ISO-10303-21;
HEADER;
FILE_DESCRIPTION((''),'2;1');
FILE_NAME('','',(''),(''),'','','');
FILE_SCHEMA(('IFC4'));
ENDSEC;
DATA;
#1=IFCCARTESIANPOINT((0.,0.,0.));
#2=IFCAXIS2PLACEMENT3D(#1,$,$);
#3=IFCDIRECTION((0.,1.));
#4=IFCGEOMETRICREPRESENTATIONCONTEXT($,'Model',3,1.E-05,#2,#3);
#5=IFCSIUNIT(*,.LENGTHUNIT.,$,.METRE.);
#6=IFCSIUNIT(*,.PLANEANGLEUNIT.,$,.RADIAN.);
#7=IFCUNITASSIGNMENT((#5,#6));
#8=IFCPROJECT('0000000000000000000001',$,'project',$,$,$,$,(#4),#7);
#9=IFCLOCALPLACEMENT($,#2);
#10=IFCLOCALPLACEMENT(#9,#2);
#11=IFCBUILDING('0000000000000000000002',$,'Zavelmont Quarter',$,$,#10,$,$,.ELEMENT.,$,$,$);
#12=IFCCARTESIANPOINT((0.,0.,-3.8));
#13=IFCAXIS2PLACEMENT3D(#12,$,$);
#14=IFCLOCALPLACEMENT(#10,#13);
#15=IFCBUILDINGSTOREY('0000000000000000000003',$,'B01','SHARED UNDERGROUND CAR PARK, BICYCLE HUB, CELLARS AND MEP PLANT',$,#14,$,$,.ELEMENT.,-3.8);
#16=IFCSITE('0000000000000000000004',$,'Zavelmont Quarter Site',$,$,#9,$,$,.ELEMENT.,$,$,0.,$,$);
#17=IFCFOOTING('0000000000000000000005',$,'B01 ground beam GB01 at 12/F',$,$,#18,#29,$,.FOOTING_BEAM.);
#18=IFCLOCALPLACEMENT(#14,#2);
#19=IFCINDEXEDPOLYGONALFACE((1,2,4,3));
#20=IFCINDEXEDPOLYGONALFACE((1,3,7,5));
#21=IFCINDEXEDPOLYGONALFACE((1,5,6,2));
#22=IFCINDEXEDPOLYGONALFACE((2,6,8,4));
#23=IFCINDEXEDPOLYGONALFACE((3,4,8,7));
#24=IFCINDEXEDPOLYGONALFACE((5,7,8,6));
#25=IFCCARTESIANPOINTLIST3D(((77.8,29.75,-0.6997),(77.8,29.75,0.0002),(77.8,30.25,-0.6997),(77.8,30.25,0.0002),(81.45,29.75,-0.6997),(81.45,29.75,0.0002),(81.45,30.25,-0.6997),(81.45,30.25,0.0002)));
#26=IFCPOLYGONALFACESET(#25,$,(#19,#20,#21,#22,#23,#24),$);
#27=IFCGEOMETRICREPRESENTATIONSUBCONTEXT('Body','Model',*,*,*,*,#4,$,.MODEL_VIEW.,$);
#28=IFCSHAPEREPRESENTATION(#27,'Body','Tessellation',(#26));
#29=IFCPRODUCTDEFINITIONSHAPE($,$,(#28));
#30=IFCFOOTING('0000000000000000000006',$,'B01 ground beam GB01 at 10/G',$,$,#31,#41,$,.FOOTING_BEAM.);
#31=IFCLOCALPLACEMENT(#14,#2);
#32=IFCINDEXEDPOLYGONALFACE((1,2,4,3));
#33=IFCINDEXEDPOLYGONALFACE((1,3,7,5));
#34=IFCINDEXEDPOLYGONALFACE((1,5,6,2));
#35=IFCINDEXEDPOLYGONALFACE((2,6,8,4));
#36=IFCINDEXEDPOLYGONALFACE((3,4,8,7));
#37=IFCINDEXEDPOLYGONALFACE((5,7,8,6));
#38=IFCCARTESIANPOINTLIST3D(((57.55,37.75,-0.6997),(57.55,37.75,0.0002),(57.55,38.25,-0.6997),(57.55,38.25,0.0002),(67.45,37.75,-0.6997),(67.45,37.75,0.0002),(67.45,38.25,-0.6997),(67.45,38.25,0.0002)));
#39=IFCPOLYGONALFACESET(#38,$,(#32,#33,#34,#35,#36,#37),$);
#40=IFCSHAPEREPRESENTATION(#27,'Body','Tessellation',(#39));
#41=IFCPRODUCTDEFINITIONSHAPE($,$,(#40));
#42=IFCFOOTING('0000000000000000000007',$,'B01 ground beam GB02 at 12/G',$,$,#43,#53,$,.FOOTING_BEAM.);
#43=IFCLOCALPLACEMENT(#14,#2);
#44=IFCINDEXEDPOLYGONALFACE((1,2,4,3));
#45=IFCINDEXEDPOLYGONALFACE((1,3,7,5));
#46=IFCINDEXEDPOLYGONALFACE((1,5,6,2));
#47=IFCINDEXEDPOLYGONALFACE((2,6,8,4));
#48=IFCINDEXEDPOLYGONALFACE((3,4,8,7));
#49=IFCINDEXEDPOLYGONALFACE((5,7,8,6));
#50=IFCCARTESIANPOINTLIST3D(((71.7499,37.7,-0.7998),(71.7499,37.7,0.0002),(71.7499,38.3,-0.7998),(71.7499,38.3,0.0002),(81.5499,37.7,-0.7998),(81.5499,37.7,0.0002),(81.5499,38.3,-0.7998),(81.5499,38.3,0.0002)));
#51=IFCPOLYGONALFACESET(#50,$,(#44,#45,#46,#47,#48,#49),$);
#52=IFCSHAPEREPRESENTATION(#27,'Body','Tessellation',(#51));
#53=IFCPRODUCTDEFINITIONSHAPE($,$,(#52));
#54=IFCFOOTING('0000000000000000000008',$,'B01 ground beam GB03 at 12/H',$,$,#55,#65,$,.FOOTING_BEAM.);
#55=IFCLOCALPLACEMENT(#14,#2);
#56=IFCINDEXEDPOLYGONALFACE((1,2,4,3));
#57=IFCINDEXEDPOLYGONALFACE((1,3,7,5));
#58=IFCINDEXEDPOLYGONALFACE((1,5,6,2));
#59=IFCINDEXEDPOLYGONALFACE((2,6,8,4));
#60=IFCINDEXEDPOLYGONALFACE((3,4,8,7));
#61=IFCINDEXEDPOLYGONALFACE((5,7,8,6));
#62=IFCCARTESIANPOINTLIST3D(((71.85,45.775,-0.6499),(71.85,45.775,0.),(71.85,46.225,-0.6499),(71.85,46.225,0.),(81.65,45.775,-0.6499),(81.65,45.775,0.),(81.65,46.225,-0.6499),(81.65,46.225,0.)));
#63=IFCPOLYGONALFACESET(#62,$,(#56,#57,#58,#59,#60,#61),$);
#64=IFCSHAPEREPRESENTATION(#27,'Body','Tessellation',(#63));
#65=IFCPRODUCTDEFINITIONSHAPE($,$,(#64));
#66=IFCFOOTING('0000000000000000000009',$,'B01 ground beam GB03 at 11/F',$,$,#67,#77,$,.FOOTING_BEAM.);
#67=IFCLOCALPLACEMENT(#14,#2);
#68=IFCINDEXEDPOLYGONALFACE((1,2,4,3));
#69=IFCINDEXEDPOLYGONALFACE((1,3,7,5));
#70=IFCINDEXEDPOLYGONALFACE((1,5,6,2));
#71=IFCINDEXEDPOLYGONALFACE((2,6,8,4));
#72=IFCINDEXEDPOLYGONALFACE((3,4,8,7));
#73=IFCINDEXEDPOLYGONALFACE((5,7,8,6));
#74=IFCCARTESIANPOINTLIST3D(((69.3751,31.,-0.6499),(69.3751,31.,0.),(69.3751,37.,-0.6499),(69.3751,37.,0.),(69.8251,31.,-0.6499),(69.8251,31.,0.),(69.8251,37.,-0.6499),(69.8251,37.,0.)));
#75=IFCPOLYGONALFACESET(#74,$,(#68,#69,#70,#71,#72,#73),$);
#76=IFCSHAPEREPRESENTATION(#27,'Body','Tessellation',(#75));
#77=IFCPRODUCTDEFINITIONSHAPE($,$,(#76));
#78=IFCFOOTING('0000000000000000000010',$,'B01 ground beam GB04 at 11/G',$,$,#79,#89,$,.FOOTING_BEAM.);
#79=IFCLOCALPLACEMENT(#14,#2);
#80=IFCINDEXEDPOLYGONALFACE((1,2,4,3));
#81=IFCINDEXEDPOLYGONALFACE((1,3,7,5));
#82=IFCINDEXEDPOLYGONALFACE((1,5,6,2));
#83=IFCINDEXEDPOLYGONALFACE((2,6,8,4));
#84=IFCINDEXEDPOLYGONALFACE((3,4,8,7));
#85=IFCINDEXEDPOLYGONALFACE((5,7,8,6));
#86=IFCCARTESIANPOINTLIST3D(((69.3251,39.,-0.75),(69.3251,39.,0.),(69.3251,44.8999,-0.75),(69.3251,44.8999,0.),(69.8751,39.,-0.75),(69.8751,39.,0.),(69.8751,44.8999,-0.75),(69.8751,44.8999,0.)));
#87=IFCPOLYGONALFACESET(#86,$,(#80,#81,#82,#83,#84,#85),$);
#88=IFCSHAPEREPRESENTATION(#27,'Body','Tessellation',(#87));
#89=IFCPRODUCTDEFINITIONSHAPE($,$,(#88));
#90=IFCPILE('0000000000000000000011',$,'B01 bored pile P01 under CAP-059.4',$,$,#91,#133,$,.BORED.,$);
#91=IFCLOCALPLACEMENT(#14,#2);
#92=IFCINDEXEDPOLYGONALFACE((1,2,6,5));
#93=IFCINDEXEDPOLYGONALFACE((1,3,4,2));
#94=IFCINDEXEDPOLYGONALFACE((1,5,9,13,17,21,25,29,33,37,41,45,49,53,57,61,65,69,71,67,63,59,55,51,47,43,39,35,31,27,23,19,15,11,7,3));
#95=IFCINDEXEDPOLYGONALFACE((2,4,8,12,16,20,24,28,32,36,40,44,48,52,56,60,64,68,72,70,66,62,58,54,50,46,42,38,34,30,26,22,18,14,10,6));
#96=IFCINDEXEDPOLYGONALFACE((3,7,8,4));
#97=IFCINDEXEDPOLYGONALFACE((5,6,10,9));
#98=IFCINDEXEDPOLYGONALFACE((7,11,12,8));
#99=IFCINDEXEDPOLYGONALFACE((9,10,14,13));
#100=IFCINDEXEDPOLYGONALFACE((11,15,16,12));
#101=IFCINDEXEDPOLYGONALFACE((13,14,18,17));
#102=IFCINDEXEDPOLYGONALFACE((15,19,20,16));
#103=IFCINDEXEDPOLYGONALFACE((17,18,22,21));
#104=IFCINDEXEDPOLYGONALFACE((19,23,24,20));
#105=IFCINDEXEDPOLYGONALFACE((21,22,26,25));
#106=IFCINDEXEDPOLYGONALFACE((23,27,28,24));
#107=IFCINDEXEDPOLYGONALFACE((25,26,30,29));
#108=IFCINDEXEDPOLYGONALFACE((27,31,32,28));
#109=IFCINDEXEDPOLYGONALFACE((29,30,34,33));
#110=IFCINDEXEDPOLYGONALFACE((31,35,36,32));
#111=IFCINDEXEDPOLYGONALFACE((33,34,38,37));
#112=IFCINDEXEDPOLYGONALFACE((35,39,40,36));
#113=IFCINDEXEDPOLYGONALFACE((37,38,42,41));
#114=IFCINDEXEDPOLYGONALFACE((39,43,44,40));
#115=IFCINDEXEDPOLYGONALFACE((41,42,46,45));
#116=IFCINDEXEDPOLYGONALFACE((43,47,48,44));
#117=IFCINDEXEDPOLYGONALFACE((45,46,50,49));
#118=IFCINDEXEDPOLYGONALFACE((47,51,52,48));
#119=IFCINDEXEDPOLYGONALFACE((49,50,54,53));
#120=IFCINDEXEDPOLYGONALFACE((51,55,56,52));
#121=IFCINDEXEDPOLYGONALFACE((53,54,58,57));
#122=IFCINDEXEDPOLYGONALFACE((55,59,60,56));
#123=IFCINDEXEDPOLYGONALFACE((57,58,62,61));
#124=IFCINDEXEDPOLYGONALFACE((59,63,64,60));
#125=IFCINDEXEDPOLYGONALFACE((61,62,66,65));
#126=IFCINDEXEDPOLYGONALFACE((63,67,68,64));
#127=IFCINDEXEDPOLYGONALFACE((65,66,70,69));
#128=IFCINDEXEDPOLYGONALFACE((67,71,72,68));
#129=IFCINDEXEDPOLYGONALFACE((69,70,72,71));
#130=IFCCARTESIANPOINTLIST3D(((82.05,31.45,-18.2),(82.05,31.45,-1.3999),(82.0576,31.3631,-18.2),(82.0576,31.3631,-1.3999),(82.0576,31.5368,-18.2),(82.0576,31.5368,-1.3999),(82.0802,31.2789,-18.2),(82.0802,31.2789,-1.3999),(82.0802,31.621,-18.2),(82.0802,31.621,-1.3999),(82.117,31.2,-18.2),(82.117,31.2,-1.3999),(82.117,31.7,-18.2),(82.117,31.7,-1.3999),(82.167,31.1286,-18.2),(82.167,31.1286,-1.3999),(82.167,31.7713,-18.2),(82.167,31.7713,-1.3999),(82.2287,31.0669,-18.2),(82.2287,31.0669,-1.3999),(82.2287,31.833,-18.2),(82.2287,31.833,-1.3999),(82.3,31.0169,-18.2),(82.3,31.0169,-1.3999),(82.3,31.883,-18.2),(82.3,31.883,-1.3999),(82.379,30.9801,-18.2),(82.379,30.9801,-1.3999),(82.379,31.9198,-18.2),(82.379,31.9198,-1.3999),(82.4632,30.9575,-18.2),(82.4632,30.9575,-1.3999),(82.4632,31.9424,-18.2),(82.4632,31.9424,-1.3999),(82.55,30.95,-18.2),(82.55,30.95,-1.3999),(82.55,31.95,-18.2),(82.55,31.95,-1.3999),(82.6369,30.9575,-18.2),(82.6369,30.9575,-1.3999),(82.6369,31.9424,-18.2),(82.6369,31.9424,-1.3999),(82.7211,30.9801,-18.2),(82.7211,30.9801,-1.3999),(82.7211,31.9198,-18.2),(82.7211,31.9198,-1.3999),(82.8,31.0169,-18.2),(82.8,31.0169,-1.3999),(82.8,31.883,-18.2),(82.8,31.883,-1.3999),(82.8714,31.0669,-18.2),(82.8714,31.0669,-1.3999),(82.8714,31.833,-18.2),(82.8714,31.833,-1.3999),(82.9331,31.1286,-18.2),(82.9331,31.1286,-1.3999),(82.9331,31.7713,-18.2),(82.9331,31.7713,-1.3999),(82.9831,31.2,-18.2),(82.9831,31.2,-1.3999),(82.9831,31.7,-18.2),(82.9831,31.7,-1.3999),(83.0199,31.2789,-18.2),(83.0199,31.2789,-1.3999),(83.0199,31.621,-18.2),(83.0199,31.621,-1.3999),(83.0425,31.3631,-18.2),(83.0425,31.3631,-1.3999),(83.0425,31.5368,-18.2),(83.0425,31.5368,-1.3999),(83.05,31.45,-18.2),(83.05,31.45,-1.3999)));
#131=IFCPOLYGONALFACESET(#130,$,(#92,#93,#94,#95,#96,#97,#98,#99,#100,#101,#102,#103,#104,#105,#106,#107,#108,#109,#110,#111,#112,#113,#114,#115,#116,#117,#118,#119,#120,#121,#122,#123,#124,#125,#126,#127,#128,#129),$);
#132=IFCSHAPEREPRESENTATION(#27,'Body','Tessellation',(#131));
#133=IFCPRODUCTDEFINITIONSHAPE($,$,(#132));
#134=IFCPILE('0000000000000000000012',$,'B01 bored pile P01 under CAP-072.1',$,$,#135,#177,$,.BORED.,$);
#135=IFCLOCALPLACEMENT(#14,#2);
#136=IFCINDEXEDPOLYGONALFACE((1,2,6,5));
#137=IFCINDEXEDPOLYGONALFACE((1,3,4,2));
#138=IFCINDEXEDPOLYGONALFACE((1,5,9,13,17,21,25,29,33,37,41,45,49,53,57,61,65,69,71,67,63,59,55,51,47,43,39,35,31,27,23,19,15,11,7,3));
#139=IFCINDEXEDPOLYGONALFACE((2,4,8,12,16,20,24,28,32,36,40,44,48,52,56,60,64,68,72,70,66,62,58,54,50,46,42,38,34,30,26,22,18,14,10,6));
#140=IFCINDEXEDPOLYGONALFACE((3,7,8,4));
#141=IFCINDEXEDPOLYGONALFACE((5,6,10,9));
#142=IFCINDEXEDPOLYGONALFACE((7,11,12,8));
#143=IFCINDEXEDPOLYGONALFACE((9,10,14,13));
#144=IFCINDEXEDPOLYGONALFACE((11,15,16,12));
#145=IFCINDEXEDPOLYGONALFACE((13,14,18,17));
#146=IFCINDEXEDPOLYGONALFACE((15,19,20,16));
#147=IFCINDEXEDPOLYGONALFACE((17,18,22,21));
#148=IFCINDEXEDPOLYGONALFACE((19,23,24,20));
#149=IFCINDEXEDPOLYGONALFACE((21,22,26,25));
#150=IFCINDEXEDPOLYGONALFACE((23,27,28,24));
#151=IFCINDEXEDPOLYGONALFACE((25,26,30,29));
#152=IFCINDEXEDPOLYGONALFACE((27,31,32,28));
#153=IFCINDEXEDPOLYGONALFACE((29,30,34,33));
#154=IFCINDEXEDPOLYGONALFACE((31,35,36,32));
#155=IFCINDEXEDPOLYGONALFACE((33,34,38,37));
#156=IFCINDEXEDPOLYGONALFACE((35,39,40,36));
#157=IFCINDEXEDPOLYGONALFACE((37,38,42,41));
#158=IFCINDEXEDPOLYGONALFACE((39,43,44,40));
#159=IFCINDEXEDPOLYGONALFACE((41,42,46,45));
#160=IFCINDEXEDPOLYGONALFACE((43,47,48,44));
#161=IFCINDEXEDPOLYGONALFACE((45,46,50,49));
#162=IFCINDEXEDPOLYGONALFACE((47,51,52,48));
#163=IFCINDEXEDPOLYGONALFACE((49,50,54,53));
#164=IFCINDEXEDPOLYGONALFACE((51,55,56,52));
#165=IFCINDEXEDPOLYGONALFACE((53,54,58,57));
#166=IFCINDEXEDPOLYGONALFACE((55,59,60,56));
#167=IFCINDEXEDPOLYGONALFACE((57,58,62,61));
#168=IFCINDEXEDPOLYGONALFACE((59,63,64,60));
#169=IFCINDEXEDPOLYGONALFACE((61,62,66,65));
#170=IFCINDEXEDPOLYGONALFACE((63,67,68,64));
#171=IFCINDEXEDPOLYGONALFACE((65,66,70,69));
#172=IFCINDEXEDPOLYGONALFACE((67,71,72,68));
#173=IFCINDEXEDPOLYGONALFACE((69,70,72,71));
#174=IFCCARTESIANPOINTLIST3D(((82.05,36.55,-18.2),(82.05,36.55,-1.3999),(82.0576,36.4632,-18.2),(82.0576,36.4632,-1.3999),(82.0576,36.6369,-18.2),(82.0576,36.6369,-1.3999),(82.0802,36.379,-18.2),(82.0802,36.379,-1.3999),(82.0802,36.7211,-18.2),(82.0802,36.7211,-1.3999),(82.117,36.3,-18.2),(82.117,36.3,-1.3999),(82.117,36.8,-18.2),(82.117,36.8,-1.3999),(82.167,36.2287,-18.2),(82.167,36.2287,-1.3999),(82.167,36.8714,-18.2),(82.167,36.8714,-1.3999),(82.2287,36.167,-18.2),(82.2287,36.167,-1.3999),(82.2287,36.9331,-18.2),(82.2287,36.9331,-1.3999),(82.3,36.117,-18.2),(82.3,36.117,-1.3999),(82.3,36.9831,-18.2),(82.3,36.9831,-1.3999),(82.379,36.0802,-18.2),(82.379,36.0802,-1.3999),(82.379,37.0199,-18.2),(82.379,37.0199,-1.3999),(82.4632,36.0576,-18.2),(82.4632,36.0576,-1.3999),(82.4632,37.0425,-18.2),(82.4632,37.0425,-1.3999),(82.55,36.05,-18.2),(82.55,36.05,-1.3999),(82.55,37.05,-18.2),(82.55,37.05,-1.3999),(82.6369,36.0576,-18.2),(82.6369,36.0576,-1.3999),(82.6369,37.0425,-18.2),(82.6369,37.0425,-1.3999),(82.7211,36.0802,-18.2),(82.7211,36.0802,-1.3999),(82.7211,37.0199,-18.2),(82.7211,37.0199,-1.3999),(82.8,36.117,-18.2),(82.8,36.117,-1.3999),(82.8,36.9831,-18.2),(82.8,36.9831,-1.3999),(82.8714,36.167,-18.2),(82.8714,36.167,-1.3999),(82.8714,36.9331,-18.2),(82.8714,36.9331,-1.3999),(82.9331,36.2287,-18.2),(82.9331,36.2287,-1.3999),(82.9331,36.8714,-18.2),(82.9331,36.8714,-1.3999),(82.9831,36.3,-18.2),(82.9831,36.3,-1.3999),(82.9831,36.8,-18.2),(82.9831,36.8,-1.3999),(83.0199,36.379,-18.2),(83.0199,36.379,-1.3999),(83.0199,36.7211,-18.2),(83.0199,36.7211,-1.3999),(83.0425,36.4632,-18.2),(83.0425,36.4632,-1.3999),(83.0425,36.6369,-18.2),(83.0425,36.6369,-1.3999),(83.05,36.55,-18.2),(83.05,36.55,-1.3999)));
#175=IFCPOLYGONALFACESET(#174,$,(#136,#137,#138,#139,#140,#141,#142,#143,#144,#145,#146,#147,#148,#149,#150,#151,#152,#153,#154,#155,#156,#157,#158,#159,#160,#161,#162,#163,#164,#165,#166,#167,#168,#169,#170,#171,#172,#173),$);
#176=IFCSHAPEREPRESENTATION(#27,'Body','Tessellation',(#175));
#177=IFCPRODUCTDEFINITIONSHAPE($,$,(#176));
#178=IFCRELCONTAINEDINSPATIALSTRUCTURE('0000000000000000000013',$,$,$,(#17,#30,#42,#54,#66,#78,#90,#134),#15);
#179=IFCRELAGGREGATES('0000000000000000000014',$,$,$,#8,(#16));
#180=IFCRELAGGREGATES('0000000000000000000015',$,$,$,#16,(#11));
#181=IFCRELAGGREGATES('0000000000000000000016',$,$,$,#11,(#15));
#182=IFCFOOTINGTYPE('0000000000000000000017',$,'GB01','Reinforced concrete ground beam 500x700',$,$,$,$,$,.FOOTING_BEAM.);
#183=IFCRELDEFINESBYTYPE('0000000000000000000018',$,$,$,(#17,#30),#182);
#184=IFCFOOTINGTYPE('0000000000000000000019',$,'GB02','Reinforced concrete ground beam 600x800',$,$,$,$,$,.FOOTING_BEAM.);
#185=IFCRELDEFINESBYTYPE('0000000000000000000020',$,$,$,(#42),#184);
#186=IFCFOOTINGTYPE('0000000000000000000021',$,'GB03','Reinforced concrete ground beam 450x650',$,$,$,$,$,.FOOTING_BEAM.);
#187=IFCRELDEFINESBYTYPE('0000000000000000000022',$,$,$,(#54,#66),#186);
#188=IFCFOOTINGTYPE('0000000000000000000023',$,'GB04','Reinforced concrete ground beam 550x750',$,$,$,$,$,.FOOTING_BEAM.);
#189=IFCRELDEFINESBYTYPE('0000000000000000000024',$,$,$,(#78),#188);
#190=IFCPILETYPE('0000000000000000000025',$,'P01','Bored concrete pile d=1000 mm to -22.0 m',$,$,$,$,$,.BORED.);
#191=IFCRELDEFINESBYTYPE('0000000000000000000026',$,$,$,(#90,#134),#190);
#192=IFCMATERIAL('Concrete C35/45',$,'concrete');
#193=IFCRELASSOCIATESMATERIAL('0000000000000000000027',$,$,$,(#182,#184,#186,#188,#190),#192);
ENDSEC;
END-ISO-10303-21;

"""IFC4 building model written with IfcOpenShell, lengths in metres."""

from ifc_helpers import new_model, si_unit, direction, frame, origin, origin_2d, place, context, subcontext, project, spatial, rectangle, circle, extrude, material, material_profile, profile_set, type_object, element, save


model = new_model("IFC4")

# Units and contexts
model_context = context("Model", 3, precision=1e-05, world=origin(), true_north=direction((0.0, 1.0)))
body_context = subcontext(model_context, "Body", "Model", "MODEL_VIEW")
ifc_project = project(units=[si_unit("LENGTHUNIT", "METRE"), si_unit("PLANEANGLEUNIT", "RADIAN")], contexts=[model_context])

# Site, building, storey
site_placement = place(None, origin())
site = spatial("IfcSite", under=ifc_project, at=site_placement, Name="Zavelmont Quarter Site", CompositionType="ELEMENT", RefElevation=0.0)
building_placement = place(site_placement, origin())
building = spatial("IfcBuilding", under=site, at=building_placement, Name="Zavelmont Quarter", CompositionType="ELEMENT")
storey_placement = place(building_placement, frame((0.0, 0.0, -3.8)))
storey = spatial("IfcBuildingStorey", under=building, at=storey_placement, Name="B01", Description="SHARED UNDERGROUND CAR PARK, BICYCLE HUB, CELLARS AND MEP PLANT", CompositionType="ELEMENT", Elevation=-3.8)

# Footings
ifc_material_1 = material(Name="Concrete C35/45", Category="concrete")
footing_type_1 = type_object("IfcFootingType", Name="GB01", Description="Reinforced concrete ground beam 500x700", PredefinedType="FOOTING_BEAM", material=ifc_material_1)
footing_1_placement = place(storey_placement, frame((79.625, 30.0, -0.6997), z_axis=(0.0, 0.0, 1.0), x_axis=(1.0, 0.0, 0.0)))
element("IfcFooting", 1, at=footing_1_placement, inside=storey, type_object=footing_type_1, Name="B01 ground beam GB01 at 12/F", PredefinedType="FOOTING_BEAM", context=body_context, shape_type="SweptSolid", body=[
    extrude(rectangle(XDim=3.6499, YDim=0.5, at=origin_2d()), origin(), (0.0, 0.0, 1.0), 0.7),
])
footing_2_placement = place(storey_placement, frame((62.5, 38.0, -0.6997), z_axis=(0.0, 0.0, 1.0), x_axis=(1.0, 0.0, 0.0)))
element("IfcFooting", 2, at=footing_2_placement, inside=storey, type_object=footing_type_1, Name="B01 ground beam GB01 at 10/G", PredefinedType="FOOTING_BEAM", context=body_context, shape_type="SweptSolid", body=[
    extrude(rectangle(XDim=9.8999, YDim=0.5, at=origin_2d()), origin(), (0.0, 0.0, 1.0), 0.7),
])
footing_type_2 = type_object("IfcFootingType", Name="GB02", Description="Reinforced concrete ground beam 600x800", PredefinedType="FOOTING_BEAM", material=ifc_material_1)
footing_3_placement = place(storey_placement, frame((76.6499, 38.0, -0.7998), z_axis=(0.0, 0.0, 1.0), x_axis=(1.0, 0.0, 0.0)))
element("IfcFooting", 3, at=footing_3_placement, inside=storey, type_object=footing_type_2, Name="B01 ground beam GB02 at 12/G", PredefinedType="FOOTING_BEAM", context=body_context, shape_type="SweptSolid", body=[
    extrude(rectangle(XDim=9.8, YDim=0.6001, at=origin_2d()), origin(), (0.0, 0.0, 1.0), 0.8),
])
footing_type_3 = type_object("IfcFootingType", Name="GB03", Description="Reinforced concrete ground beam 450x650", PredefinedType="FOOTING_BEAM", material=ifc_material_1)
footing_4_placement = place(storey_placement, frame((76.75, 46.0, -0.6499), z_axis=(0.0, 0.0, 1.0), x_axis=(1.0, 0.0, 0.0)))
element("IfcFooting", 4, at=footing_4_placement, inside=storey, type_object=footing_type_3, Name="B01 ground beam GB03 at 12/H", PredefinedType="FOOTING_BEAM", context=body_context, shape_type="SweptSolid", body=[
    extrude(rectangle(XDim=9.8, YDim=0.45, at=origin_2d()), origin(), (0.0, 0.0, 1.0), 0.6499),
])
footing_5_placement = place(storey_placement, frame((69.6001, 34.0, -0.6499), z_axis=(0.0, 0.0, 1.0), x_axis=(0.0, 1.0, 0.0)))
element("IfcFooting", 5, at=footing_5_placement, inside=storey, type_object=footing_type_3, Name="B01 ground beam GB03 at 11/F", PredefinedType="FOOTING_BEAM", context=body_context, shape_type="SweptSolid", body=[
    extrude(rectangle(XDim=6.0, YDim=0.45, at=origin_2d()), origin(), (0.0, 0.0, 1.0), 0.6499),
])
footing_type_4 = type_object("IfcFootingType", Name="GB04", Description="Reinforced concrete ground beam 550x750", PredefinedType="FOOTING_BEAM", material=ifc_material_1)
footing_6_placement = place(storey_placement, frame((69.6001, 41.95, -0.75), z_axis=(0.0, 0.0, 1.0), x_axis=(0.0, 1.0, 0.0)))
element("IfcFooting", 6, at=footing_6_placement, inside=storey, type_object=footing_type_4, Name="B01 ground beam GB04 at 11/G", PredefinedType="FOOTING_BEAM", context=body_context, shape_type="SweptSolid", body=[
    extrude(rectangle(XDim=5.8999, YDim=0.55, at=origin_2d()), origin(), (0.0, 0.0, 1.0), 0.75),
])

# Piles
ifc_material_profile_1 = material_profile(ifc_material_1, circle(Radius=0.5, at=origin_2d()), Name="BP1000")
ifc_profile_set_1 = profile_set([ifc_material_profile_1], Name="Concrete C35/45")
pile_type_1 = type_object("IfcPileType", Name="P01", Description="Bored concrete pile d=1000 mm to -22.0 m", PredefinedType="BORED", material=ifc_profile_set_1)
for number, where, z_axis, x_axis, name in (
    (7, (82.55, 31.45, -1.3999), (0.0, 0.0, -1.0), (1.0, 0.0, 0.0), "B01 bored pile P01 under CAP-059.4"),
    (8, (82.55, 36.55, -1.3999), (0.0, 0.0, -1.0), (1.0, 0.0, 0.0), "B01 bored pile P01 under CAP-072.1"),
):
    element("IfcPile", number, at=place(storey_placement, frame(where, z_axis=z_axis, x_axis=x_axis)), inside=storey, type_object=pile_type_1, Name=name, PredefinedType="BORED", context=body_context, shape_type="SweptSolid", body=[
        extrude(circle(Radius=0.5, at=origin_2d()), origin(), (0.0, 0.0, 1.0), 16.8),
    ])

save(model, "model.ifc")
